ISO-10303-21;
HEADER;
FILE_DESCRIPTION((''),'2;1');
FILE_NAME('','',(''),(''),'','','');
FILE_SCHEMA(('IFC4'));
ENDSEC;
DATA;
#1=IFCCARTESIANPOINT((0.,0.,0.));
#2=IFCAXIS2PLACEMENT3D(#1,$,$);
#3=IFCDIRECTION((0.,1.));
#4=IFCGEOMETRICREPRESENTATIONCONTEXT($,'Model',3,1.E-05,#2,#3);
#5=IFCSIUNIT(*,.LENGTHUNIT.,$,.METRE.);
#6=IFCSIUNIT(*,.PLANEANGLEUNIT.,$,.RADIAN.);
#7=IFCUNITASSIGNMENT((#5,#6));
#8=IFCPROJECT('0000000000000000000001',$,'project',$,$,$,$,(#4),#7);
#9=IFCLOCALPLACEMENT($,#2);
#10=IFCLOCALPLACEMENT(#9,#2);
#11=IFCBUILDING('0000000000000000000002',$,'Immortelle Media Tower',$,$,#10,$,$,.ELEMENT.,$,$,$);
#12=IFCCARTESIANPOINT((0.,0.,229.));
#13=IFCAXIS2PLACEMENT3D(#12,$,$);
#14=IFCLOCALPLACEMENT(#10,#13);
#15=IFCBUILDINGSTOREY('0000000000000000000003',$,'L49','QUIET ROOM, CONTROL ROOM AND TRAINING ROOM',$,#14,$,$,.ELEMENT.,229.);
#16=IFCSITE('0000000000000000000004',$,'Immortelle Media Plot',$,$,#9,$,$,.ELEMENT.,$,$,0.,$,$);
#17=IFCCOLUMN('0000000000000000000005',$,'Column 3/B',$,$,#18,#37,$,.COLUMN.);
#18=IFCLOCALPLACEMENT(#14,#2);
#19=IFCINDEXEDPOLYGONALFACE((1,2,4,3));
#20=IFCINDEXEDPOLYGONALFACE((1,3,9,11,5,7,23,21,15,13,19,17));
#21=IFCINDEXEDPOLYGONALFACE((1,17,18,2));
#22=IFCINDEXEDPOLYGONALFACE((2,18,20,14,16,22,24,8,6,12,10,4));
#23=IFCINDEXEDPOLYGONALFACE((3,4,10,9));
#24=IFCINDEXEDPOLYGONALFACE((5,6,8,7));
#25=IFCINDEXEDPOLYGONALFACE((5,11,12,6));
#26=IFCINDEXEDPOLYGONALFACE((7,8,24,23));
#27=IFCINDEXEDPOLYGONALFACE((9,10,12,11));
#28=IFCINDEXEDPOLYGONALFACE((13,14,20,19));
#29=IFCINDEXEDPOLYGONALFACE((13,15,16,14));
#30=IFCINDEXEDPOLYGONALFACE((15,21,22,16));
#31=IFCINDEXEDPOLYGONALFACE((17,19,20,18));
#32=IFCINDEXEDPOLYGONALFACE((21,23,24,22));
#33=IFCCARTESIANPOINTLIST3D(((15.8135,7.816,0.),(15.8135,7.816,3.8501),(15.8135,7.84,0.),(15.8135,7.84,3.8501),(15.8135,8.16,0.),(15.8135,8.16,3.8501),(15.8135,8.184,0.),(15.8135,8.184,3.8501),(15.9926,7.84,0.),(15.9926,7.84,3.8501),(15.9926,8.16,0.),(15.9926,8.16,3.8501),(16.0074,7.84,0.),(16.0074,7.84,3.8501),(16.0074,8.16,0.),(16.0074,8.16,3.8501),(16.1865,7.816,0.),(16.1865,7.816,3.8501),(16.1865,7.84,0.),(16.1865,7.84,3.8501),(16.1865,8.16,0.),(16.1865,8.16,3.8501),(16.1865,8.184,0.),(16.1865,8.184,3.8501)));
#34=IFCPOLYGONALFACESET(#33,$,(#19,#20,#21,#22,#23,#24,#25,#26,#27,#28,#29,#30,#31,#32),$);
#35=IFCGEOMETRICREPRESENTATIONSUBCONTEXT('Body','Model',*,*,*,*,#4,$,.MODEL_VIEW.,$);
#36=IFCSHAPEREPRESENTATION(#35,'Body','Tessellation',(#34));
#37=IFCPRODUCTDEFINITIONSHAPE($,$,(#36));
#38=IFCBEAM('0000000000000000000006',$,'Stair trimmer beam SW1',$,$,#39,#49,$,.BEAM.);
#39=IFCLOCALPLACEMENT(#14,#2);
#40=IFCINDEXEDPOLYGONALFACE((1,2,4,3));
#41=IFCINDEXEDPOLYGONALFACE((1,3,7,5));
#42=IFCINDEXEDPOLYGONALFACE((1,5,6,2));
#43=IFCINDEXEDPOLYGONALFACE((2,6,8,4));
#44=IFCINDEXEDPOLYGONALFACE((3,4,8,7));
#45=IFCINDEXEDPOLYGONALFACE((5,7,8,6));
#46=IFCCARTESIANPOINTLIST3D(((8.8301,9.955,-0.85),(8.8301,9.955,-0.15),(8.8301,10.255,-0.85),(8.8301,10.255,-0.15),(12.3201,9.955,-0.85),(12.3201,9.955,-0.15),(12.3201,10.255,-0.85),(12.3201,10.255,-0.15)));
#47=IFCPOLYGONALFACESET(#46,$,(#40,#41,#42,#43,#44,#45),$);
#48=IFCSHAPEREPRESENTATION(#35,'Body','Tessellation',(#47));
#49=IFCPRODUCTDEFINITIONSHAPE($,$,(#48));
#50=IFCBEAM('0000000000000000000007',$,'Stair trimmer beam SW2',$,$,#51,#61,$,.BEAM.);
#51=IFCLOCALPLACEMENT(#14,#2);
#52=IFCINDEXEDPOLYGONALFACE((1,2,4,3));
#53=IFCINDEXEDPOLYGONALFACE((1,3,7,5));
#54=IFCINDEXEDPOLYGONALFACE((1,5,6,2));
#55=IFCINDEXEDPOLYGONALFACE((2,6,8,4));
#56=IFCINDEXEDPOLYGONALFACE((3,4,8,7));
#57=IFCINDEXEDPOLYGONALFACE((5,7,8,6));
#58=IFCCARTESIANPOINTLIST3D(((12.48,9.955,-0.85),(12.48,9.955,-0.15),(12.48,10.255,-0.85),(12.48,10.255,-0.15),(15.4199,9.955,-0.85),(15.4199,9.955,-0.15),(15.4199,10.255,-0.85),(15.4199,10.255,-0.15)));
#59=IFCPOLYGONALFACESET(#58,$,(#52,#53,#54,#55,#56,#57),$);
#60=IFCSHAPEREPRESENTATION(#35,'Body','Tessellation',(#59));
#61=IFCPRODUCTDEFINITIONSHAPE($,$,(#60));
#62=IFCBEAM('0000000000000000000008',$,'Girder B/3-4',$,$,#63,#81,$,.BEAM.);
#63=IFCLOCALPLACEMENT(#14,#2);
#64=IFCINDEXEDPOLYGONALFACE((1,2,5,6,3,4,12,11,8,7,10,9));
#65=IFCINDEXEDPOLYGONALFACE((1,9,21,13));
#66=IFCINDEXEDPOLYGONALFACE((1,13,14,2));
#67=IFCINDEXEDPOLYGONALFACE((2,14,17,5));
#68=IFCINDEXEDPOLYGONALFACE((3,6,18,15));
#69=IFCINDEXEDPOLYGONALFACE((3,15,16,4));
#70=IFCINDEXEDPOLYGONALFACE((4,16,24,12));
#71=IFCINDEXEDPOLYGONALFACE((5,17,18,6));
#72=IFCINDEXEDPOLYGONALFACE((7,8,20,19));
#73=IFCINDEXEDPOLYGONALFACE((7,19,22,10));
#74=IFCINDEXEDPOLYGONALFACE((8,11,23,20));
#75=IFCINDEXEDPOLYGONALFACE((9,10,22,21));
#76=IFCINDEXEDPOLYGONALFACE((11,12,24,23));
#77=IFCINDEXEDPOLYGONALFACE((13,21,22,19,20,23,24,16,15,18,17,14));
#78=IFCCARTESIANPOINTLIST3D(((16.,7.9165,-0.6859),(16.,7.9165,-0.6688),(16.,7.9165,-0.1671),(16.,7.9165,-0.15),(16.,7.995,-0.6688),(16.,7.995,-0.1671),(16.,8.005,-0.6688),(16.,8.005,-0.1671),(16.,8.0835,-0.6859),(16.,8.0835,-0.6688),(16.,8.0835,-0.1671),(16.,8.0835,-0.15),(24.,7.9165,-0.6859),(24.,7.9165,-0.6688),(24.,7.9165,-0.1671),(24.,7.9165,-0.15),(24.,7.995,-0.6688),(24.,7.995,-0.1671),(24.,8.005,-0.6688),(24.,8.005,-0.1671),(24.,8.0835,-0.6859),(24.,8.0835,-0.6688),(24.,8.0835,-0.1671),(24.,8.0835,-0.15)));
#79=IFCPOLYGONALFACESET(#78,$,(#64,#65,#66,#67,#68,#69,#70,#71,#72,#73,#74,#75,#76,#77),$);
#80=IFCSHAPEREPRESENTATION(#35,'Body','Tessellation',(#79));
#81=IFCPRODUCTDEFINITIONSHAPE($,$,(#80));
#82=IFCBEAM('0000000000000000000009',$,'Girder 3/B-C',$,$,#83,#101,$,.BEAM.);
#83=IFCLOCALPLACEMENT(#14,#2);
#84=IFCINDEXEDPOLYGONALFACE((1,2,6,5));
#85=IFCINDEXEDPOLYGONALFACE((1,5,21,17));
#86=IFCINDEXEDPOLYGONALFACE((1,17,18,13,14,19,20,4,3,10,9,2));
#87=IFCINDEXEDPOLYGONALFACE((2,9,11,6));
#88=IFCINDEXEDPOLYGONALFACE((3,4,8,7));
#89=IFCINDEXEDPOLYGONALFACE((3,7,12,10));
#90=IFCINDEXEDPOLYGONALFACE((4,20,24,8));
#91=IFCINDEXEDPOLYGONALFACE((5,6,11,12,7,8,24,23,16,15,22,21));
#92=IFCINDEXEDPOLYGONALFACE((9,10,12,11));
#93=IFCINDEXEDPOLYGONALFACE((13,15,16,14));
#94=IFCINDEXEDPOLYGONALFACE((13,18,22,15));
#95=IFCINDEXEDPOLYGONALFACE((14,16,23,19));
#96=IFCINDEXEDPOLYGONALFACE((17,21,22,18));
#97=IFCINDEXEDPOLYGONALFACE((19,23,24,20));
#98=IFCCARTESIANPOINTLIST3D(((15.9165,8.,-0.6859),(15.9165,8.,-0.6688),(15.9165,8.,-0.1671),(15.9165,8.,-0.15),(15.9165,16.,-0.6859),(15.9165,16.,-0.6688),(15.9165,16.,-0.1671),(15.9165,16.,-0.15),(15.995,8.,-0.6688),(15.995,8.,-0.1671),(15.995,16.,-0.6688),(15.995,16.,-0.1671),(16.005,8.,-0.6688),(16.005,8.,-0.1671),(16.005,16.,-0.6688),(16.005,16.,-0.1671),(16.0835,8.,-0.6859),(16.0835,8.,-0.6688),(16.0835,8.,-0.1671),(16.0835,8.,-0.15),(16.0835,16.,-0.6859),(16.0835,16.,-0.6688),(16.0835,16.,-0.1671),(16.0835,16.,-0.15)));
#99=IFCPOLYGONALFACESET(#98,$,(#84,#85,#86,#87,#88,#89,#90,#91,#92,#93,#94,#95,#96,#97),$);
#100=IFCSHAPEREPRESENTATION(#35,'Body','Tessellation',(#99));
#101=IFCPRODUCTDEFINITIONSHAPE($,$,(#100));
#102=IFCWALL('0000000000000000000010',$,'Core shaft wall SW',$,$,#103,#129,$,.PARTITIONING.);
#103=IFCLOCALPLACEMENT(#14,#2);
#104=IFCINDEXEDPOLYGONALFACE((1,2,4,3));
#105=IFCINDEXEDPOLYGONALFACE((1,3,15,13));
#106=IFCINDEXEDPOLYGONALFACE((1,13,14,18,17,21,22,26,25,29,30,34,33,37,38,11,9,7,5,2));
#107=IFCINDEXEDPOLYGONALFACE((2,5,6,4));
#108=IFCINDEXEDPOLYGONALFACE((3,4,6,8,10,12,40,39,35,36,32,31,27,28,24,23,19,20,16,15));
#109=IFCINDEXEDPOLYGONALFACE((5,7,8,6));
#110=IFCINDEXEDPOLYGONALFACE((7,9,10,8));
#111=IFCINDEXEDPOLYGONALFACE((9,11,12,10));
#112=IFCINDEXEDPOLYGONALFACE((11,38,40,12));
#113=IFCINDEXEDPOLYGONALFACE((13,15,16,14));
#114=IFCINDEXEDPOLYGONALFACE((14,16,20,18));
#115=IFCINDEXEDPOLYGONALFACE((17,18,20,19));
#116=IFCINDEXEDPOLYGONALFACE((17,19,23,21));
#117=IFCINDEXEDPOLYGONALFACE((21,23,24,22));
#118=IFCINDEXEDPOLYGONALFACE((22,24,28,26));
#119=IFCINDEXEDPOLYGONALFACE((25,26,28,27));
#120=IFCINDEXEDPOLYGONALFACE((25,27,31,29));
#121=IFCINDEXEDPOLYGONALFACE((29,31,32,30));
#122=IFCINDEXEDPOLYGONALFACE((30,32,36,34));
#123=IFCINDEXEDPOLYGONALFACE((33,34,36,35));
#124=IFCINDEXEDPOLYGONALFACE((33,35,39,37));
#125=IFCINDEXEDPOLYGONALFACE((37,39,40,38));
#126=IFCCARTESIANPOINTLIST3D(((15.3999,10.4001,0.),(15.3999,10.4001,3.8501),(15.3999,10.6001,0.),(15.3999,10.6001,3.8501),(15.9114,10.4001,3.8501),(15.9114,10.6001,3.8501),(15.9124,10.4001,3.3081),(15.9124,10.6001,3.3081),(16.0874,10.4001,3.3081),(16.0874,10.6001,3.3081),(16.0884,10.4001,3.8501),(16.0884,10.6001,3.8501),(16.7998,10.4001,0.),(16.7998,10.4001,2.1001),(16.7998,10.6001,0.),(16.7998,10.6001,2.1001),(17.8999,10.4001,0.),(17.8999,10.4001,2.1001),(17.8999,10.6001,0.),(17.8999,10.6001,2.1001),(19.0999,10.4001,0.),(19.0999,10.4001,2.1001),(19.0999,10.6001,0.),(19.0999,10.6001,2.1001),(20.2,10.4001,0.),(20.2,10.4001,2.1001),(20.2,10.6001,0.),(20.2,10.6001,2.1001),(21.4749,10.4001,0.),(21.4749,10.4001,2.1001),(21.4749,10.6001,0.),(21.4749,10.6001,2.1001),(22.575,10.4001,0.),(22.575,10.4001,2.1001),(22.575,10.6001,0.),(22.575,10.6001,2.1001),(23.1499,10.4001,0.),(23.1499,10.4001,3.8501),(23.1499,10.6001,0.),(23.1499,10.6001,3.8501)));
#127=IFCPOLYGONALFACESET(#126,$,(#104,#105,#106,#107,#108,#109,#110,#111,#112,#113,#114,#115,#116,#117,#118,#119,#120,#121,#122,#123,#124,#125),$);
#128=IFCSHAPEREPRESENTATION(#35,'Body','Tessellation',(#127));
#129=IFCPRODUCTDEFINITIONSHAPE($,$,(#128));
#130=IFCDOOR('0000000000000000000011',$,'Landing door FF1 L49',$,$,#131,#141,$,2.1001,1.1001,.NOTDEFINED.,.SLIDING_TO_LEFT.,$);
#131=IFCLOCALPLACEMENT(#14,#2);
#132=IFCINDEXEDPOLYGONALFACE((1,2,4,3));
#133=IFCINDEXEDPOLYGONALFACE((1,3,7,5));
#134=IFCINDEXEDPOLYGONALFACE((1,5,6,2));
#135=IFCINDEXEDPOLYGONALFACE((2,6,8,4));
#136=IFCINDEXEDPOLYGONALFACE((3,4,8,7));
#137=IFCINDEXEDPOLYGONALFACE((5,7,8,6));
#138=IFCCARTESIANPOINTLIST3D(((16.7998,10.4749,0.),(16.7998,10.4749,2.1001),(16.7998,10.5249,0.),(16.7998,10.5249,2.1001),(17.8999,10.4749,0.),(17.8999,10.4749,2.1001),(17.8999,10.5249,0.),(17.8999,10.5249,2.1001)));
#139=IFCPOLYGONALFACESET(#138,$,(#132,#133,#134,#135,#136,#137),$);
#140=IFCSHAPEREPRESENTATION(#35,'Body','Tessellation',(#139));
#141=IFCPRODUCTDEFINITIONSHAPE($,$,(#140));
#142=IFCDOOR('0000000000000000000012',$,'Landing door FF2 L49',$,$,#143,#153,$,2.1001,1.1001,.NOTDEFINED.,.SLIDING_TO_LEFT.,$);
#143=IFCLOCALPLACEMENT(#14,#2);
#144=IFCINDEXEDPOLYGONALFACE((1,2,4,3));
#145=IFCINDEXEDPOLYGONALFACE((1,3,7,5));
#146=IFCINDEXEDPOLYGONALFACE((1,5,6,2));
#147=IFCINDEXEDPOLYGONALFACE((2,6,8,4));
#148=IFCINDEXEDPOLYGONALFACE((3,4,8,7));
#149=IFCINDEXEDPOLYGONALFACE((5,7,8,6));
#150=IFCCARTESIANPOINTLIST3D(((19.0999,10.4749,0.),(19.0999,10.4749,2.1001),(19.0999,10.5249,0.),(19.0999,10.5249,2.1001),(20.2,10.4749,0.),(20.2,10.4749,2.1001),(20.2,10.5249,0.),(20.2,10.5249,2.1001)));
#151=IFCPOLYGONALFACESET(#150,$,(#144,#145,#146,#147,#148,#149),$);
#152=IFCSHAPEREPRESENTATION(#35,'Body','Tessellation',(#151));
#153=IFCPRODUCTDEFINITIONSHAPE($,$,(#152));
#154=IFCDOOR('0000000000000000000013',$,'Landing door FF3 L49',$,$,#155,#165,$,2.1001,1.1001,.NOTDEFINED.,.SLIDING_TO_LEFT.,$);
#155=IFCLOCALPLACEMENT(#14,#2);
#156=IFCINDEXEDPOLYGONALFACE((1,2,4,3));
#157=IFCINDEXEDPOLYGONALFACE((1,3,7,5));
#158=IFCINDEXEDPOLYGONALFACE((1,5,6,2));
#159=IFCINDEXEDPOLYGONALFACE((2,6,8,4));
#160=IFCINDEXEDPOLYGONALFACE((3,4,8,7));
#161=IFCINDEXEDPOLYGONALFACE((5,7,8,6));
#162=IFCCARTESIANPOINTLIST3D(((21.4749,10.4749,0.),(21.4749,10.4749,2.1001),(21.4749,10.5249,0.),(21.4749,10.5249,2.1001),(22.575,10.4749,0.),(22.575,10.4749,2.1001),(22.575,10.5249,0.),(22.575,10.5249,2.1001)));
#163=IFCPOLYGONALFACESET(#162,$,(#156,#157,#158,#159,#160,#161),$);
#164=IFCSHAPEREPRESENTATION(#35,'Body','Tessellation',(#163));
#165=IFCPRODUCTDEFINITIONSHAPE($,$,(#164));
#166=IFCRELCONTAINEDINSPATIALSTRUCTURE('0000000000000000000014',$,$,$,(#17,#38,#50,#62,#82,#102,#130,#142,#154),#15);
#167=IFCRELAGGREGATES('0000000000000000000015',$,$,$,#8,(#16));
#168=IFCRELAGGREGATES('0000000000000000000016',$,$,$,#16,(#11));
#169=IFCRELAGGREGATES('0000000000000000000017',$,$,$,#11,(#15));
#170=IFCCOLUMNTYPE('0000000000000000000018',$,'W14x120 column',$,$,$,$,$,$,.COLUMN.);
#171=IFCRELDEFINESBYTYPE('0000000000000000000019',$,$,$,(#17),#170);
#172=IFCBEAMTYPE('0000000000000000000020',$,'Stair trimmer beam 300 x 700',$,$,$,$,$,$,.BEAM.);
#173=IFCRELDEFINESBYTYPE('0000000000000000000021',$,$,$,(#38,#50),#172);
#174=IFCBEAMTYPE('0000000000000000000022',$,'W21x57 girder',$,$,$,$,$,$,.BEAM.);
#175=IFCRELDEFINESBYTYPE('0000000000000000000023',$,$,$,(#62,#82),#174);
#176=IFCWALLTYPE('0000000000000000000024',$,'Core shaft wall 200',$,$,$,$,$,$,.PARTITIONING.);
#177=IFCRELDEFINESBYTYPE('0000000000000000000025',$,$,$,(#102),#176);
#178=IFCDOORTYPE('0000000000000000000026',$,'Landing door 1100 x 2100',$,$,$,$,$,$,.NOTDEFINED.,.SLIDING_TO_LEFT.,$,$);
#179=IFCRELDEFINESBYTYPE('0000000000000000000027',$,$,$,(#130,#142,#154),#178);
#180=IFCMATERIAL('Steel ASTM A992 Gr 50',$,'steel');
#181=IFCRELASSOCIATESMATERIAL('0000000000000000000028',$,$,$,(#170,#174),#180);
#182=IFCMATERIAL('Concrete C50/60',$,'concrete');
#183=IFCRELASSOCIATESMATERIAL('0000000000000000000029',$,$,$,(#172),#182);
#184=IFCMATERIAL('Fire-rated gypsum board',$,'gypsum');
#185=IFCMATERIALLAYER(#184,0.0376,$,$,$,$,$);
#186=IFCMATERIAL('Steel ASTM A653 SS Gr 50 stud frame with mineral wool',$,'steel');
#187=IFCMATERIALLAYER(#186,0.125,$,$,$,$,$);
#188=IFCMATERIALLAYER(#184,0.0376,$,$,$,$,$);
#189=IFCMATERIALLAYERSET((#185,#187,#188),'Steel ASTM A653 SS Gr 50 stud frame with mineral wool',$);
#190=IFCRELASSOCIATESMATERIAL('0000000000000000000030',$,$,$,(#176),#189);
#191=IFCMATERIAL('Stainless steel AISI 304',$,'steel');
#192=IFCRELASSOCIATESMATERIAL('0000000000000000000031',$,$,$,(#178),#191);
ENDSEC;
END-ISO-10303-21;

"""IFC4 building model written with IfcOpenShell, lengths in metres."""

from ifc_helpers import new_model, si_unit, direction, frame, frame_2d, origin, origin_2d, place, context, subcontext, project, spatial, polyline, rectangle, i_section, outline, extrude, material, layer, layer_set, material_profile, profile_set, type_object, element, fill, save


model = new_model("IFC4")

# Units and contexts
model_context = context("Model", 3, precision=1e-05, world=origin(), true_north=direction((0.0, 1.0)))
body_context = subcontext(model_context, "Body", "Model", "MODEL_VIEW")
ifc_project = project(units=[si_unit("LENGTHUNIT", "METRE"), si_unit("PLANEANGLEUNIT", "RADIAN")], contexts=[model_context])

# Site, building, storey
site_placement = place(None, origin())
site = spatial("IfcSite", under=ifc_project, at=site_placement, Name="Immortelle Media Plot", CompositionType="ELEMENT", RefElevation=0.0)
building_placement = place(site_placement, origin())
building = spatial("IfcBuilding", under=site, at=building_placement, Name="Immortelle Media Tower", CompositionType="ELEMENT")
storey_placement = place(building_placement, frame((0.0, 0.0, 229.0)))
storey = spatial("IfcBuildingStorey", under=building, at=storey_placement, Name="L49", Description="QUIET ROOM, CONTROL ROOM AND TRAINING ROOM", CompositionType="ELEMENT", Elevation=229.0)

# Column
ifc_material_1 = material(Name="Steel ASTM A992 Gr 50", Category="steel")
ifc_material_profile_1 = material_profile(ifc_material_1, i_section(OverallWidth=0.373, OverallDepth=0.3679, WebThickness=0.0149, FlangeThickness=0.0239, at=origin_2d()), Name="W14x120")
ifc_profile_set_1 = profile_set([ifc_material_profile_1], Name="Steel ASTM A992 Gr 50")
column_type = type_object("IfcColumnType", Name="W14x120 column", PredefinedType="COLUMN", material=ifc_profile_set_1)
column_placement = place(storey_placement, frame((16.0, 8.0, 0.0), z_axis=(0.0, 0.0, 1.0), x_axis=(1.0, 0.0, 0.0)))
element("IfcColumn", 1, at=column_placement, inside=storey, type_object=column_type, Name="Column 3/B", PredefinedType="COLUMN", context=body_context, shape_type="SweptSolid", body=[
    extrude(i_section(OverallWidth=0.373, OverallDepth=0.3679, WebThickness=0.0149, FlangeThickness=0.0239, at=origin_2d()), origin(), (0.0, 0.0, 1.0), 3.8501),
])

# Beams
ifc_material_2 = material(Name="Concrete C50/60", Category="concrete")
ifc_material_profile_2 = material_profile(ifc_material_2, rectangle(XDim=0.3, YDim=0.7, at=origin_2d()), Name="RC 300x700")
ifc_profile_set_2 = profile_set([ifc_material_profile_2], Name="Concrete C50/60")
beam_type_1 = type_object("IfcBeamType", Name="Stair trimmer beam 300 x 700", PredefinedType="BEAM", material=ifc_profile_set_2)
beam_1_placement = place(storey_placement, frame((8.8301, 10.105, -0.5), z_axis=(1.0, 0.0, 0.0), x_axis=(0.0, 1.0, 0.0)))
element("IfcBeam", 2, at=beam_1_placement, inside=storey, type_object=beam_type_1, Name="Stair trimmer beam SW1", PredefinedType="BEAM", context=body_context, shape_type="SweptSolid", body=[
    extrude(rectangle(XDim=0.3, YDim=0.7, at=origin_2d()), origin(), (0.0, 0.0, 1.0), 3.49),
])
beam_2_placement = place(storey_placement, frame((12.48, 10.105, -0.5), z_axis=(1.0, 0.0, 0.0), x_axis=(0.0, 1.0, 0.0)))
element("IfcBeam", 3, at=beam_2_placement, inside=storey, type_object=beam_type_1, Name="Stair trimmer beam SW2", PredefinedType="BEAM", context=body_context, shape_type="SweptSolid", body=[
    extrude(rectangle(XDim=0.3, YDim=0.7, at=origin_2d()), origin(), (0.0, 0.0, 1.0), 2.9399),
])
ifc_material_profile_3 = material_profile(ifc_material_1, i_section(OverallWidth=0.167, OverallDepth=0.5359, WebThickness=0.01, FlangeThickness=0.0171, at=origin_2d()), Name="W21x57")
ifc_profile_set_3 = profile_set([ifc_material_profile_3], Name="Steel ASTM A992 Gr 50")
beam_type_2 = type_object("IfcBeamType", Name="W21x57 girder", PredefinedType="BEAM", material=ifc_profile_set_3)
for number, where, z_axis, x_axis, name in (
    (4, (16.0, 8.0, -0.418), (1.0, 0.0, 0.0), (0.0, 1.0, 0.0), "Girder B/3-4"),
    (5, (16.0, 8.0, -0.418), (0.0, 1.0, 0.0), (-1.0, 0.0, 0.0), "Girder 3/B-C"),
):
    element("IfcBeam", number, at=place(storey_placement, frame(where, z_axis=z_axis, x_axis=x_axis)), inside=storey, type_object=beam_type_2, Name=name, PredefinedType="BEAM", context=body_context, shape_type="SweptSolid", body=[
        extrude(i_section(OverallWidth=0.167, OverallDepth=0.5359, WebThickness=0.01, FlangeThickness=0.0171, at=origin_2d()), origin(), (0.0, 0.0, 1.0), 8.0),
    ])

# Wall, openings, doors
ifc_material_3 = material(Name="Fire-rated gypsum board", Category="gypsum")
ifc_layer_1 = layer(ifc_material_3, 0.0376)
ifc_material_4 = material(Name="Steel ASTM A653 SS Gr 50 stud frame with mineral wool", Category="steel")
ifc_layer_2 = layer(ifc_material_4, 0.125)
ifc_layer_3 = layer(ifc_material_3, 0.0376)
ifc_layer_set_1 = layer_set([ifc_layer_1, ifc_layer_2, ifc_layer_3], Name="Steel ASTM A653 SS Gr 50 stud frame with mineral wool")
wall_type_1 = type_object("IfcWallType", Name="Core shaft wall 200", PredefinedType="PARTITIONING", material=ifc_layer_set_1)
wall_1_placement = place(storey_placement, frame((15.3999, 10.5, 0.0), z_axis=(0.0, 0.0, 1.0), x_axis=(1.0, 0.0, 0.0)))
wall_1 = element("IfcWall", 6, at=wall_1_placement, inside=storey, type_object=wall_type_1, Name="Core shaft wall SW", PredefinedType="PARTITIONING", context=body_context, shape_type="SweptSolid", body=[
    extrude(outline(polyline([(0.0, 0.0), (7.75, 0.0), (7.75, 3.8501), (0.6885, 3.8501), (0.6875, 3.3081), (0.5125, 3.3081), (0.5115, 3.8501), (0.0, 3.8501), (0.0, 0.0)])), frame((0.0, 0.1001, 0.0), z_axis=(0.0, -1.0, 0.0), x_axis=(1.0, 0.0, 0.0)), (0.0, 0.0, 1.0), 0.2),
])
opening_1_placement = place(wall_1_placement, frame((1.3999, 0.0, 0.0)))
opening_1 = element("IfcOpeningElement", 7, at=opening_1_placement, cuts=wall_1, PredefinedType="OPENING", context=body_context, shape_type="SweptSolid", body=[
    extrude(rectangle(XDim=1.1001, YDim=2.1001, at=frame_2d((0.55, 1.05))), frame((0.0, 0.1099, 0.0), z_axis=(0.0, -1.0, 0.0), x_axis=(1.0, 0.0, 0.0)), (0.0, 0.0, 1.0), 0.22),
])
opening_2_placement = place(wall_1_placement, frame((3.7, 0.0, 0.0)))
opening_2 = element("IfcOpeningElement", 8, at=opening_2_placement, cuts=wall_1, PredefinedType="OPENING", context=body_context, shape_type="SweptSolid", body=[
    extrude(rectangle(XDim=1.1001, YDim=2.1001, at=frame_2d((0.55, 1.05))), frame((0.0, 0.1099, 0.0), z_axis=(0.0, -1.0, 0.0), x_axis=(1.0, 0.0, 0.0)), (0.0, 0.0, 1.0), 0.22),
])
opening_3_placement = place(wall_1_placement, frame((6.075, 0.0, 0.0)))
opening_3 = element("IfcOpeningElement", 9, at=opening_3_placement, cuts=wall_1, PredefinedType="OPENING", context=body_context, shape_type="SweptSolid", body=[
    extrude(rectangle(XDim=1.1001, YDim=2.1001, at=frame_2d((0.55, 1.05))), frame((0.0, 0.1099, 0.0), z_axis=(0.0, -1.0, 0.0), x_axis=(1.0, 0.0, 0.0)), (0.0, 0.0, 1.0), 0.22),
])
ifc_material_5 = material(Name="Stainless steel AISI 304", Category="steel")
door_type_1 = type_object("IfcDoorType", Name="Landing door 1100 x 2100", OperationType="SLIDING_TO_LEFT", PredefinedType="NOTDEFINED", material=ifc_material_5)
door_1_placement = place(opening_1_placement, origin())
door_1 = element("IfcDoor", 10, at=door_1_placement, inside=storey, type_object=door_type_1, Name="Landing door FF1 L49", OperationType="SLIDING_TO_LEFT", OverallHeight=2.1001, OverallWidth=1.1001, PredefinedType="NOTDEFINED", context=body_context, shape_type="SweptSolid", body=[
    extrude(rectangle(XDim=1.1001, YDim=2.1001, at=frame_2d((0.55, 1.05))), frame((0.0, 0.0249, 0.0), z_axis=(0.0, -1.0, 0.0), x_axis=(1.0, 0.0, 0.0)), (0.0, 0.0, 1.0), 0.05),
])
fill(opening_1, door_1)
door_2_placement = place(opening_2_placement, origin())
door_2 = element("IfcDoor", 11, at=door_2_placement, inside=storey, type_object=door_type_1, Name="Landing door FF2 L49", OperationType="SLIDING_TO_LEFT", OverallHeight=2.1001, OverallWidth=1.1001, PredefinedType="NOTDEFINED", context=body_context, shape_type="SweptSolid", body=[
    extrude(rectangle(XDim=1.1001, YDim=2.1001, at=frame_2d((0.55, 1.05))), frame((0.0, 0.0249, 0.0), z_axis=(0.0, -1.0, 0.0), x_axis=(1.0, 0.0, 0.0)), (0.0, 0.0, 1.0), 0.05),
])
fill(opening_2, door_2)
door_3_placement = place(opening_3_placement, origin())
door_3 = element("IfcDoor", 12, at=door_3_placement, inside=storey, type_object=door_type_1, Name="Landing door FF3 L49", OperationType="SLIDING_TO_LEFT", OverallHeight=2.1001, OverallWidth=1.1001, PredefinedType="NOTDEFINED", context=body_context, shape_type="SweptSolid", body=[
    extrude(rectangle(XDim=1.1001, YDim=2.1001, at=frame_2d((0.55, 1.05))), frame((0.0, 0.0249, 0.0), z_axis=(0.0, -1.0, 0.0), x_axis=(1.0, 0.0, 0.0)), (0.0, 0.0, 1.0), 0.05),
])
fill(opening_3, door_3)

save(model, "model.ifc")
